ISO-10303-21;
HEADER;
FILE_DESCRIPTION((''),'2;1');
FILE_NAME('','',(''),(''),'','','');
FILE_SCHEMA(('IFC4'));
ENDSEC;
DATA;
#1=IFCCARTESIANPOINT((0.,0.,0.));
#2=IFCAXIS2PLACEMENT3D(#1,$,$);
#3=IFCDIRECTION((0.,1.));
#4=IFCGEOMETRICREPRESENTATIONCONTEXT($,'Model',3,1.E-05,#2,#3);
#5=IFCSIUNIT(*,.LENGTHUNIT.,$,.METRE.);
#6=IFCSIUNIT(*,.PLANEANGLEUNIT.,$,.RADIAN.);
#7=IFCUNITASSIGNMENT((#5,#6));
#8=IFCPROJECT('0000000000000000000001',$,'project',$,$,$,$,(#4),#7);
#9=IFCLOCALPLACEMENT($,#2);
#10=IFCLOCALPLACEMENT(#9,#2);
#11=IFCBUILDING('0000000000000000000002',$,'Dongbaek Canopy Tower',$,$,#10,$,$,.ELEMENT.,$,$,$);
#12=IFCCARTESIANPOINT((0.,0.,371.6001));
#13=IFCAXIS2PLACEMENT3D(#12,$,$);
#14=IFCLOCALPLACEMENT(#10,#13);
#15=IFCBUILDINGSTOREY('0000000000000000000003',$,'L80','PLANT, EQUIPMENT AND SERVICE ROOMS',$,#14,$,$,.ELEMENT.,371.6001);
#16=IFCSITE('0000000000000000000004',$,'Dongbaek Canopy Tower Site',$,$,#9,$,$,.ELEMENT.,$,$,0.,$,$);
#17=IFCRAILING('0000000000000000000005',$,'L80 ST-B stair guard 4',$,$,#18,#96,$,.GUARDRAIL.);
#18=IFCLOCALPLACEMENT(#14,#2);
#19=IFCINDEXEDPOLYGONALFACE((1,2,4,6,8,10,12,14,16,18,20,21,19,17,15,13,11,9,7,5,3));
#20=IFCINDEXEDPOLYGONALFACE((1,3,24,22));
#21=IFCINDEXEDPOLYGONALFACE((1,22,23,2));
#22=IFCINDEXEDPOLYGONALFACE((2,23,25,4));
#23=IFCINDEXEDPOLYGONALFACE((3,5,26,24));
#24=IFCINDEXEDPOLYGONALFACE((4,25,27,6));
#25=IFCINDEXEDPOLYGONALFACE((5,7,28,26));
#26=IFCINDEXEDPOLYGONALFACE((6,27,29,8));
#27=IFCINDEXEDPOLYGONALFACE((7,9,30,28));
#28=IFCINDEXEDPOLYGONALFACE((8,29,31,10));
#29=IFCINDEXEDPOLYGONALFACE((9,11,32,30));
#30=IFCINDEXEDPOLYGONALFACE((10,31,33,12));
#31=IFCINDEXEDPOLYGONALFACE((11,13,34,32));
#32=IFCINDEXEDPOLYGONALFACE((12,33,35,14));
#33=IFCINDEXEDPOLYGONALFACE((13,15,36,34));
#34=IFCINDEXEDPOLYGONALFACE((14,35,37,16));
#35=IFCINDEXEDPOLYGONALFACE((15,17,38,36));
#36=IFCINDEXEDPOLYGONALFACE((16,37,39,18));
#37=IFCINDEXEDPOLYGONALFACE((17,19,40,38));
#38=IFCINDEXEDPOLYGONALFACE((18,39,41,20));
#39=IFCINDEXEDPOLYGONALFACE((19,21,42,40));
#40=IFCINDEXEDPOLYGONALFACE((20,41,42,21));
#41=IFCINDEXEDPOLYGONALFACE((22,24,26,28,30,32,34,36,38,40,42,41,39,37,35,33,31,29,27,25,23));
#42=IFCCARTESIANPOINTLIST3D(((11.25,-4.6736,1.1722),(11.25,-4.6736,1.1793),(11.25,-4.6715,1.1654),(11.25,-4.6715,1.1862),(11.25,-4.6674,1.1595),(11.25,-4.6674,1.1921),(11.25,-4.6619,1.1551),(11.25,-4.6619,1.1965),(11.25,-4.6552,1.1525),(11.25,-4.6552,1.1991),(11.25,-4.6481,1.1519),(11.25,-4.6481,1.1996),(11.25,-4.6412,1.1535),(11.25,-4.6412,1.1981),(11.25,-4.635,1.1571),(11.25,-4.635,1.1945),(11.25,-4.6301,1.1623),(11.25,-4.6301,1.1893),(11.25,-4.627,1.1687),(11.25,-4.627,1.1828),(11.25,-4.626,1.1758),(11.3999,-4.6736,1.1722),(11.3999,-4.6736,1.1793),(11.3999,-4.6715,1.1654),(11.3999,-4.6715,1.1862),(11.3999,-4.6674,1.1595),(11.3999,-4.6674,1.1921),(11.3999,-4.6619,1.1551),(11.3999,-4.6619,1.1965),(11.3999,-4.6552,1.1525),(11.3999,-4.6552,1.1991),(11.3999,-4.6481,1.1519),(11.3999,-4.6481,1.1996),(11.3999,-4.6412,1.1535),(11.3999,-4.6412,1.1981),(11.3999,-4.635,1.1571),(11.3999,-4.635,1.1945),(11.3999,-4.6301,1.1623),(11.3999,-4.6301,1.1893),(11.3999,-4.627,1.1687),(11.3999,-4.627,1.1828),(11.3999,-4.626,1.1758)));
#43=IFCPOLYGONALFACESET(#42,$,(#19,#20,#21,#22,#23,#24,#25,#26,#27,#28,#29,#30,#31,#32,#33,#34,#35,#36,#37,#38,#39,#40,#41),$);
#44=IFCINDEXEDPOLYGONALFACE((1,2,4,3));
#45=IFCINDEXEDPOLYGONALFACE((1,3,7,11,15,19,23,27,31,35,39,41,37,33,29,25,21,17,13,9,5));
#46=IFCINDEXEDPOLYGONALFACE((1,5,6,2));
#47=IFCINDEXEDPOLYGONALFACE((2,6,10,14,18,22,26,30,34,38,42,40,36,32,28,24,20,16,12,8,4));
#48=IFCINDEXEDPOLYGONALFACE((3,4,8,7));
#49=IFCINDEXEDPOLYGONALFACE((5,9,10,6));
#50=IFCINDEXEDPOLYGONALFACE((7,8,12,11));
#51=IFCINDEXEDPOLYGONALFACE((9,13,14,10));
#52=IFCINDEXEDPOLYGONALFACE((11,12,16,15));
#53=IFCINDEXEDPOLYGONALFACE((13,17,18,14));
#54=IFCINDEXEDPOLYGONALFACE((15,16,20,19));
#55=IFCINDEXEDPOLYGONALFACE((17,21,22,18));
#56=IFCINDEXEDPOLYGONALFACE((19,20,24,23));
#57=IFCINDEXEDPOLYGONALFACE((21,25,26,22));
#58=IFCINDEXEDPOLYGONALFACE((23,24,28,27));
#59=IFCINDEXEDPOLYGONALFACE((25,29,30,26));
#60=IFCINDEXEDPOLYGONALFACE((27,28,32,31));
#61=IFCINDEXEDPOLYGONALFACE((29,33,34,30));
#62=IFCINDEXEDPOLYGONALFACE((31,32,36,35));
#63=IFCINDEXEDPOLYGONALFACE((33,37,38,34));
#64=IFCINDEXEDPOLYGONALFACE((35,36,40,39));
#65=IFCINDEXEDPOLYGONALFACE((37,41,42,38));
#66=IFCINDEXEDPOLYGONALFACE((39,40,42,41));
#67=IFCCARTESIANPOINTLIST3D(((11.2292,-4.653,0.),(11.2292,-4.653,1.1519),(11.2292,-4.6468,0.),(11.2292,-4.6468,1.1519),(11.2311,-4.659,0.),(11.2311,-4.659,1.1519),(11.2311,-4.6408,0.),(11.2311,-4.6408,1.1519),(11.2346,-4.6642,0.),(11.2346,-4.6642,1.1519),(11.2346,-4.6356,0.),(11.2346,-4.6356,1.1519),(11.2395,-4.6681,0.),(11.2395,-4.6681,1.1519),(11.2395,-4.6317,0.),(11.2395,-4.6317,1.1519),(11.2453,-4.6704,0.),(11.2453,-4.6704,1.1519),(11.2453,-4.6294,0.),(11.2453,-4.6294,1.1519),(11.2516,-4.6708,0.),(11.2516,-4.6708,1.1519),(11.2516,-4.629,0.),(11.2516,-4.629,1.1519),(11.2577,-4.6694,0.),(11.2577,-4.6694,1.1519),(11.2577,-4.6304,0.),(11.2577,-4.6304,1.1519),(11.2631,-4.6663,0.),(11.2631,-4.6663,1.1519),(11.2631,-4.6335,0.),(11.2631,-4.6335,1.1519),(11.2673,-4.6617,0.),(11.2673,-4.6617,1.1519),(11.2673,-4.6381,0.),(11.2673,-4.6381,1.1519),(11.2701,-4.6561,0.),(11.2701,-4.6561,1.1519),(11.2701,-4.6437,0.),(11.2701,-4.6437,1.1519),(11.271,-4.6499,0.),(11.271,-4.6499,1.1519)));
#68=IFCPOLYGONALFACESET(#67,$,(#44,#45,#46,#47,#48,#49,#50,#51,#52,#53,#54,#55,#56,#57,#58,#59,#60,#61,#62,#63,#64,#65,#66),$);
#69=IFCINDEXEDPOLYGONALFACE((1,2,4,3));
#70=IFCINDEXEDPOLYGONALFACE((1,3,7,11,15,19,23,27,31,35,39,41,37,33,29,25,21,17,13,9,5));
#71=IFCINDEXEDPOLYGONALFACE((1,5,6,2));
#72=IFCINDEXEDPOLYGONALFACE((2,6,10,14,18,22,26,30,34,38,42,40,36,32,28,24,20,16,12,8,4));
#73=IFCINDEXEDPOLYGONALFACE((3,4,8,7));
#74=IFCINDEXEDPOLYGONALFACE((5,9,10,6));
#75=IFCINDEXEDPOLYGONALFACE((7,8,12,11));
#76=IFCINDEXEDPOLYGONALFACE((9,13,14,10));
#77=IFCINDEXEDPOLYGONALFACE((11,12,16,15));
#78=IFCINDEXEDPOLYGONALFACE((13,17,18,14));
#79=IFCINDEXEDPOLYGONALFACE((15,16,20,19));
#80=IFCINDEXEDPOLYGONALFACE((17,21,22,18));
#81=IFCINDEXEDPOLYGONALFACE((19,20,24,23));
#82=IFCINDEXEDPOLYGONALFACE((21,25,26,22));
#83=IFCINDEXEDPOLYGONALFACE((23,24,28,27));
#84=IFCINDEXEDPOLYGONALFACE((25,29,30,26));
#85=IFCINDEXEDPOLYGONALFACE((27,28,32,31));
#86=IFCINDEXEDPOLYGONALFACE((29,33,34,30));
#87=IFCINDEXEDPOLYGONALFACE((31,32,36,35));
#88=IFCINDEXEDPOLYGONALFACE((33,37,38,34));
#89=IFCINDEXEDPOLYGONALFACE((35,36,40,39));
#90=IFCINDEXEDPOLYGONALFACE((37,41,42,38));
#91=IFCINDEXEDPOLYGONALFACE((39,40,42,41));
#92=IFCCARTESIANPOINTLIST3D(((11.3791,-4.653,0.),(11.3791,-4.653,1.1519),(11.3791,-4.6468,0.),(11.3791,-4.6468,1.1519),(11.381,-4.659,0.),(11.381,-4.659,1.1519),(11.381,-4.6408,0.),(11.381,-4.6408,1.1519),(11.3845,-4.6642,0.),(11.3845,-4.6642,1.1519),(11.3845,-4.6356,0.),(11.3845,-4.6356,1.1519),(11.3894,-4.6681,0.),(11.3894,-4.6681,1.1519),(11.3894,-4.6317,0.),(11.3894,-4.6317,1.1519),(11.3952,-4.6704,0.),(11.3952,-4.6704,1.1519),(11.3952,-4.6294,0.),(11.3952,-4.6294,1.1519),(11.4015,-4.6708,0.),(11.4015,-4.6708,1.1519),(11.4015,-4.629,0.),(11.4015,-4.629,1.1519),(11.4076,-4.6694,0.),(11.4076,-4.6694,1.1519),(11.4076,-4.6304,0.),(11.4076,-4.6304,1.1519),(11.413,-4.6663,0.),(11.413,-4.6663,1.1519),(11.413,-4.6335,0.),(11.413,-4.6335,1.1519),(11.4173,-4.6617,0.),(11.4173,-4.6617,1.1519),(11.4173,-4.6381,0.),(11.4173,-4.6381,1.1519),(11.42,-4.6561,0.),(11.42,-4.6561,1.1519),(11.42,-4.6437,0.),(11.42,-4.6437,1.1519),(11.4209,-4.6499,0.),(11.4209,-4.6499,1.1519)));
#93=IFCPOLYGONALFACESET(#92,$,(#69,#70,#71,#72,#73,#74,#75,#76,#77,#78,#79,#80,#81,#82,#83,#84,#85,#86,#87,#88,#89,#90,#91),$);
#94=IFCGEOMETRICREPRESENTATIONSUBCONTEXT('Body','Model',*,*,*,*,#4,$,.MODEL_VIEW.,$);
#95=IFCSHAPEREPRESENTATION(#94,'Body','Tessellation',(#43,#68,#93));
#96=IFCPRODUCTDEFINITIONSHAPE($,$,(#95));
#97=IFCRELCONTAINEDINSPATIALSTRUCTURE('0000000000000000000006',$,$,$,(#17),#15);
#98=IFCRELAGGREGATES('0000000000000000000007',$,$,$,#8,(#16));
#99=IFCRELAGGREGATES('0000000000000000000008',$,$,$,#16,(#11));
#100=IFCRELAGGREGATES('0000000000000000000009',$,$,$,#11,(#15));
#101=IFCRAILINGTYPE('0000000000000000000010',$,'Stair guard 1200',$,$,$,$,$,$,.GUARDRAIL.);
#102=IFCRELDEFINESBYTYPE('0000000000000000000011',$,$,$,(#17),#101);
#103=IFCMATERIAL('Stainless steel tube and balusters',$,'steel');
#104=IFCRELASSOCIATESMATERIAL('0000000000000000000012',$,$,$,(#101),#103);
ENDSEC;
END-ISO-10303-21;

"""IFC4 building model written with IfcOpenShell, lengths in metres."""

from ifc_helpers import new_model, si_unit, direction, frame, origin, origin_2d, place, context, subcontext, project, spatial, circle, extrude, material, type_object, element, save


model = new_model("IFC4")

# Units and contexts
model_context = context("Model", 3, precision=1e-05, world=origin(), true_north=direction((0.0, 1.0)))
body_context = subcontext(model_context, "Body", "Model", "MODEL_VIEW")
ifc_project = project(units=[si_unit("LENGTHUNIT", "METRE"), si_unit("PLANEANGLEUNIT", "RADIAN")], contexts=[model_context])

# Site, building, storey
site_placement = place(None, origin())
site = spatial("IfcSite", under=ifc_project, at=site_placement, Name="Dongbaek Canopy Tower Site", CompositionType="ELEMENT", RefElevation=0.0)
building_placement = place(site_placement, origin())
building = spatial("IfcBuilding", under=site, at=building_placement, Name="Dongbaek Canopy Tower", CompositionType="ELEMENT")
storey_placement = place(building_placement, frame((0.0, 0.0, 371.6001)))
storey = spatial("IfcBuildingStorey", under=building, at=storey_placement, Name="L80", Description="PLANT, EQUIPMENT AND SERVICE ROOMS", CompositionType="ELEMENT", Elevation=371.6001)

# Railing
ifc_material_1 = material(Name="Stainless steel tube and balusters", Category="steel")
railing_type_1 = type_object("IfcRailingType", Name="Stair guard 1200", PredefinedType="GUARDRAIL", material=ifc_material_1)
railing_1_placement = place(storey_placement, frame((11.25, -4.6499, 0.0)))
element("IfcRailing", 1, at=railing_1_placement, inside=storey, type_object=railing_type_1, Name="L80 ST-B stair guard 4", PredefinedType="GUARDRAIL", context=body_context, shape_type="SweptSolid", body=[
    extrude(circle(Radius=0.0239, at=origin_2d()), frame((0.0, 0.0, 1.1758), z_axis=(1.0, 0.0, 0.0), x_axis=(0.0, 1.0, 0.0)), (0.0, 0.0, 1.0), 0.1499),
    extrude(circle(Radius=0.021, at=origin_2d()), origin(), (0.0, 0.0, 1.0), 1.1519),
    extrude(circle(Radius=0.021, at=origin_2d()), frame((0.1499, 0.0, 0.0)), (0.0, 0.0, 1.0), 1.1519),
])

save(model, "model.ifc")
